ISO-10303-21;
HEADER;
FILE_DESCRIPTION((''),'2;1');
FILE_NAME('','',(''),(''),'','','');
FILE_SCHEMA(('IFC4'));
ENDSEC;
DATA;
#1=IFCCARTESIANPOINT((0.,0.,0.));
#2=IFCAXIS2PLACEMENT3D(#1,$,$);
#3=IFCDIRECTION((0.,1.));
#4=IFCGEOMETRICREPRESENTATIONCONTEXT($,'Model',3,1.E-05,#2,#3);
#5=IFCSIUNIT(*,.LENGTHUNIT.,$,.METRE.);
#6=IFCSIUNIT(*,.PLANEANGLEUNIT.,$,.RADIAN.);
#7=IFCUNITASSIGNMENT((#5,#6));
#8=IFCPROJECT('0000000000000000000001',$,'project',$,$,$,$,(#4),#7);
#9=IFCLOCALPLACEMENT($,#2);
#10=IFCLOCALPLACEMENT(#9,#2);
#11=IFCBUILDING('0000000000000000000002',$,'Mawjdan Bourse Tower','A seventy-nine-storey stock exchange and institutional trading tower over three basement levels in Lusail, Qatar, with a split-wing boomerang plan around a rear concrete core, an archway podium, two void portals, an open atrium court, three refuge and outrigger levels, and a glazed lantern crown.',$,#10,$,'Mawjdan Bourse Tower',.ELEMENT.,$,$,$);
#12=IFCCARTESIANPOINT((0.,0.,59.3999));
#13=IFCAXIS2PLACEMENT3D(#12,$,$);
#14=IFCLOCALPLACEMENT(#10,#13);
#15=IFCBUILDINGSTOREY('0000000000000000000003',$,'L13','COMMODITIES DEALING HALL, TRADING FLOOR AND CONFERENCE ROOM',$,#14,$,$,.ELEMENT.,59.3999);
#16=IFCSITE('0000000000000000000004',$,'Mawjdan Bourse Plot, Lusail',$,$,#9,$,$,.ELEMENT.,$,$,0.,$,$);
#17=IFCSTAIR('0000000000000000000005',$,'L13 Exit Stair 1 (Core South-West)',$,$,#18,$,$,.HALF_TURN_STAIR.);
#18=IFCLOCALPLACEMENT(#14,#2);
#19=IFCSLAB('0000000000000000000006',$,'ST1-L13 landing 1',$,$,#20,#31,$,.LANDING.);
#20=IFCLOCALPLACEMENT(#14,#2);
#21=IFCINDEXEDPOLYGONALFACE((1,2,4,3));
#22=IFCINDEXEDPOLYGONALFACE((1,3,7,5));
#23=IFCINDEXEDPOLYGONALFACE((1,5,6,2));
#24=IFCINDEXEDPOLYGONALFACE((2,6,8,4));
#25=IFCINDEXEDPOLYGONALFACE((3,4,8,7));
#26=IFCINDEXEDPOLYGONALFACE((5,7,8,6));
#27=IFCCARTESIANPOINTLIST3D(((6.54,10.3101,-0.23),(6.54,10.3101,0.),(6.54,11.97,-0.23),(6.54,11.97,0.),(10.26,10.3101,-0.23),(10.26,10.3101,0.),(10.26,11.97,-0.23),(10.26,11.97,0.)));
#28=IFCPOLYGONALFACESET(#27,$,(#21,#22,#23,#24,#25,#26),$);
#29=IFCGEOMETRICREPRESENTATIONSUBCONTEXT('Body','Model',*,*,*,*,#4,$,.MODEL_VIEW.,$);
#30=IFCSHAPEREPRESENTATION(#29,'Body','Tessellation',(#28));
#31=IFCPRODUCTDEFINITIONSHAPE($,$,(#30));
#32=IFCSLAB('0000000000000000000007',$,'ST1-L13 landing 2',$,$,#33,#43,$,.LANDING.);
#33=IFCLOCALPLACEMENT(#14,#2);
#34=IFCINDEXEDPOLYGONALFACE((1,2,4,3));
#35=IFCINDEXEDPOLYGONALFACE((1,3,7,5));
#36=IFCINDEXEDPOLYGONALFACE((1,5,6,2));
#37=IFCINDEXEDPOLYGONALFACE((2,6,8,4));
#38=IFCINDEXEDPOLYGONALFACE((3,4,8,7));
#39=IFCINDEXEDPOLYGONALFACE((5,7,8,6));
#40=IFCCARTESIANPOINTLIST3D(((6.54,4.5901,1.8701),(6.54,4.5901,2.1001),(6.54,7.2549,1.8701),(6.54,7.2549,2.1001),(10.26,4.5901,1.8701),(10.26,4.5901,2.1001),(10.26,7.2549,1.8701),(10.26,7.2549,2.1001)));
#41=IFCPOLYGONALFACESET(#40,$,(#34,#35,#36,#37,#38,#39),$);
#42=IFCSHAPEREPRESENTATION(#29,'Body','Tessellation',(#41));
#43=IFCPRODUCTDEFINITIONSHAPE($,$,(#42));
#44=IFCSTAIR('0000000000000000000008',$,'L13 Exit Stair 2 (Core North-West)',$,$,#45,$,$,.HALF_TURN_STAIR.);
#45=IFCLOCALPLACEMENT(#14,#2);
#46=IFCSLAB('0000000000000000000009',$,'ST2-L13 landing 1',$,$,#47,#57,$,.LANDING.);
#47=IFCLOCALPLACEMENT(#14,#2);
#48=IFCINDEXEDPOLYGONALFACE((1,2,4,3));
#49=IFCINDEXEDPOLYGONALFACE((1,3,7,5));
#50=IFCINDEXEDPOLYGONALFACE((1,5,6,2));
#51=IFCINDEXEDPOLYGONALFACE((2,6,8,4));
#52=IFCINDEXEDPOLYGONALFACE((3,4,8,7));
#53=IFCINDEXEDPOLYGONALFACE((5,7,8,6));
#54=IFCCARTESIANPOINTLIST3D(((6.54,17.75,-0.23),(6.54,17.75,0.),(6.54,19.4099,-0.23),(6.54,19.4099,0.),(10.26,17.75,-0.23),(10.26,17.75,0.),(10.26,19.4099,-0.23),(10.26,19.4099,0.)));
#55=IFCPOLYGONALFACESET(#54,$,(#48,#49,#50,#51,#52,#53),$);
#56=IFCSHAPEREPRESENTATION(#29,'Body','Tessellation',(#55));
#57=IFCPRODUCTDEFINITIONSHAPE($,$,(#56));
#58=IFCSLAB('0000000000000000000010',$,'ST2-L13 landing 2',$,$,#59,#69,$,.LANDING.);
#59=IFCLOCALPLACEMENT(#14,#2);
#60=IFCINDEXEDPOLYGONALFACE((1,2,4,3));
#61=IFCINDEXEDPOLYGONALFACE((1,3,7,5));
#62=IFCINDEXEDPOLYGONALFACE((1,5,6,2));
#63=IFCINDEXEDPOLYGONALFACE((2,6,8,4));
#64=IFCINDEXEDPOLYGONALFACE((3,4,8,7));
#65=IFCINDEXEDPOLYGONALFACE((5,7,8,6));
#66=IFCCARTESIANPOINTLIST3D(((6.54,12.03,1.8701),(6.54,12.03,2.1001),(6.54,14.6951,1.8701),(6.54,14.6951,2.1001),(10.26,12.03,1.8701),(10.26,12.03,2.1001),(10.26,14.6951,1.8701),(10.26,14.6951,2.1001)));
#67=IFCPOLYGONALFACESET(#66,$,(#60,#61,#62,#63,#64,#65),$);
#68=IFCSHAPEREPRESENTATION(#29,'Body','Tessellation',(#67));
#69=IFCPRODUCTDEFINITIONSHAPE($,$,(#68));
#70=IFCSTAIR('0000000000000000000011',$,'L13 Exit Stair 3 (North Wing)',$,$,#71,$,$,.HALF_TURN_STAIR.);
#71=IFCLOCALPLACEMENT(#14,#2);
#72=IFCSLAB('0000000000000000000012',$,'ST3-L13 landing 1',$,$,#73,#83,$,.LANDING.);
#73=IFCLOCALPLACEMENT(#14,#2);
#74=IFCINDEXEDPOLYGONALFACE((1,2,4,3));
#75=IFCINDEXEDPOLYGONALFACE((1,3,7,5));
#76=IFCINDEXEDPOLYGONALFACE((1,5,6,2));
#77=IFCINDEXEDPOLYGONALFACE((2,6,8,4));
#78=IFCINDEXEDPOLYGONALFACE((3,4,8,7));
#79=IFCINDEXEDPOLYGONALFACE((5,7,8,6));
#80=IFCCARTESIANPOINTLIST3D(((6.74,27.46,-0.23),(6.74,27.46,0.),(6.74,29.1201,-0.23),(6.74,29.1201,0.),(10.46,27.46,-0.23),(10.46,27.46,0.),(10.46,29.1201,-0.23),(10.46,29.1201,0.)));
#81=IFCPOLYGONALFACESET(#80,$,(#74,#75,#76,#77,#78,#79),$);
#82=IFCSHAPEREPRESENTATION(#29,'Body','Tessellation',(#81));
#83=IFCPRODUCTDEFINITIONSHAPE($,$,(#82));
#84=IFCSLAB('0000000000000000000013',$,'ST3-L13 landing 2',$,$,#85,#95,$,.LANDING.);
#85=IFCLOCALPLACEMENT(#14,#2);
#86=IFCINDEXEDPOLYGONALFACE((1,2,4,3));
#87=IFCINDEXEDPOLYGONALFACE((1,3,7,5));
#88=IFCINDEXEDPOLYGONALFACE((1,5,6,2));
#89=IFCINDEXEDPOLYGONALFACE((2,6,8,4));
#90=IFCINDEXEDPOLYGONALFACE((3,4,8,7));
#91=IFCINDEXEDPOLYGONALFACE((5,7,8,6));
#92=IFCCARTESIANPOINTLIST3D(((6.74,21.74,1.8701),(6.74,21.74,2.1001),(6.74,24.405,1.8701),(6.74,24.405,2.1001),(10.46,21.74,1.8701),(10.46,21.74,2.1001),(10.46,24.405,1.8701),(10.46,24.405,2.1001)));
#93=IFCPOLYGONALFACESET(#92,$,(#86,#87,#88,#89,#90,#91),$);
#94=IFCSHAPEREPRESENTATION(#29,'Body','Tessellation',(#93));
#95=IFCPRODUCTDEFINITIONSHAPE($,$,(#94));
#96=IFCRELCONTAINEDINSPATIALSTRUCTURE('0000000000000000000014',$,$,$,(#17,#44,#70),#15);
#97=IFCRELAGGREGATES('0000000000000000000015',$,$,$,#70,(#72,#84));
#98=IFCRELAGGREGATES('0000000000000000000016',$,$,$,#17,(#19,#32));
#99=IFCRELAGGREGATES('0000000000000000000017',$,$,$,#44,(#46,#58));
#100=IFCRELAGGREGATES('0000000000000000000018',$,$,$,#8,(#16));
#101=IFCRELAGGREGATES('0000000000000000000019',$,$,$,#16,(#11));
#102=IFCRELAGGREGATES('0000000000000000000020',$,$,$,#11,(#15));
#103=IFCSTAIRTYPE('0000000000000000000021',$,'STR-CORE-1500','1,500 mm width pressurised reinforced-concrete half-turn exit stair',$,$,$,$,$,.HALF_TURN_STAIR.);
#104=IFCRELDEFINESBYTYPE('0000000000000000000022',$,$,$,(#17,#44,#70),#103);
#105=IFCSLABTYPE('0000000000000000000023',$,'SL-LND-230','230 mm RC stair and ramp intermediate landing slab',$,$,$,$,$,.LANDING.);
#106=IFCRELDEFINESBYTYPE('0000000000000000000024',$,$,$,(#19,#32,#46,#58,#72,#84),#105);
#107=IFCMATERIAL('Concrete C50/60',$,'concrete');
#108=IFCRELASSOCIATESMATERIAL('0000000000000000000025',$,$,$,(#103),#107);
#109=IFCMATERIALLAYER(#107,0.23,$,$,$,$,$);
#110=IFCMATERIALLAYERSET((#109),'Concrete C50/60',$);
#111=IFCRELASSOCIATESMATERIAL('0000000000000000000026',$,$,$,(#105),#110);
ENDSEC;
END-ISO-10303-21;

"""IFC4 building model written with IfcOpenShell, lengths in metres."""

from ifc_helpers import new_model, si_unit, direction, frame, origin, place, context, subcontext, project, spatial, polyline, outline, extrude, material, layer, layer_set, type_object, element, aggregate, save


model = new_model("IFC4")

# Units and contexts
model_context = context("Model", 3, precision=1e-05, world=origin(), true_north=direction((0.0, 1.0)))
body_context = subcontext(model_context, "Body", "Model", "MODEL_VIEW")
ifc_project = project(units=[si_unit("LENGTHUNIT", "METRE"), si_unit("PLANEANGLEUNIT", "RADIAN")], contexts=[model_context])

# Site, building, storey
site_placement = place(None, origin())
site = spatial("IfcSite", under=ifc_project, at=site_placement, Name="Mawjdan Bourse Plot, Lusail", CompositionType="ELEMENT", RefElevation=0.0)
building_placement = place(site_placement, origin())
building = spatial("IfcBuilding", under=site, at=building_placement, Name="Mawjdan Bourse Tower", Description="A seventy-nine-storey stock exchange and institutional trading tower over three basement levels in Lusail, Qatar, with a split-wing boomerang plan around a rear concrete core, an archway podium, two void portals, an open atrium court, three refuge and outrigger levels, and a glazed lantern crown.", LongName="Mawjdan Bourse Tower", CompositionType="ELEMENT")
storey_placement = place(building_placement, frame((0.0, 0.0, 59.3999)))
storey = spatial("IfcBuildingStorey", under=building, at=storey_placement, Name="L13", Description="COMMODITIES DEALING HALL, TRADING FLOOR AND CONFERENCE ROOM", CompositionType="ELEMENT", Elevation=59.3999)

# Stairs, slabs
ifc_material_1 = material(Name="Concrete C50/60", Category="concrete")
stair_type = type_object("IfcStairType", Name="STR-CORE-1500", Description="1,500 mm width pressurised reinforced-concrete half-turn exit stair", PredefinedType="HALF_TURN_STAIR", material=ifc_material_1)
stair_1_placement = place(storey_placement, origin())
stair_1 = element("IfcStair", 1, at=stair_1_placement, inside=storey, type_object=stair_type, Name="L13 Exit Stair 1 (Core South-West)", PredefinedType="HALF_TURN_STAIR")
ifc_layer_1 = layer(ifc_material_1, 0.23)
ifc_layer_set_1 = layer_set([ifc_layer_1], Name="Concrete C50/60")
slab_type_1 = type_object("IfcSlabType", Name="SL-LND-230", Description="230 mm RC stair and ramp intermediate landing slab", PredefinedType="LANDING", material=ifc_layer_set_1)
slab_1_placement = place(storey_placement, frame((0.0, 0.0, -0.23)))
slab_1 = element("IfcSlab", 2, at=slab_1_placement, type_object=slab_type_1, Name="ST1-L13 landing 1", PredefinedType="LANDING", context=body_context, shape_type="SweptSolid", body=[
    extrude(outline(polyline([(6.54, 10.3101), (10.26, 10.3101), (10.26, 11.97), (6.54, 11.97), (6.54, 10.3101)])), origin(), (0.0, 0.0, 1.0), 0.23),
])
slab_2_placement = place(storey_placement, frame((0.0, 0.0, 1.8701)))
slab_2 = element("IfcSlab", 3, at=slab_2_placement, type_object=slab_type_1, Name="ST1-L13 landing 2", PredefinedType="LANDING", context=body_context, shape_type="SweptSolid", body=[
    extrude(outline(polyline([(6.54, 4.5901), (10.26, 4.5901), (10.26, 7.2549), (6.54, 7.2549), (6.54, 4.5901)])), origin(), (0.0, 0.0, 1.0), 0.23),
])
stair_2_placement = place(storey_placement, origin())
stair_2 = element("IfcStair", 4, at=stair_2_placement, inside=storey, type_object=stair_type, Name="L13 Exit Stair 2 (Core North-West)", PredefinedType="HALF_TURN_STAIR")
slab_3_placement = place(storey_placement, frame((0.0, 0.0, -0.23)))
slab_3 = element("IfcSlab", 5, at=slab_3_placement, type_object=slab_type_1, Name="ST2-L13 landing 1", PredefinedType="LANDING", context=body_context, shape_type="SweptSolid", body=[
    extrude(outline(polyline([(6.54, 17.75), (10.26, 17.75), (10.26, 19.4099), (6.54, 19.4099), (6.54, 17.75)])), origin(), (0.0, 0.0, 1.0), 0.23),
])
slab_4_placement = place(storey_placement, frame((0.0, 0.0, 1.8701)))
slab_4 = element("IfcSlab", 6, at=slab_4_placement, type_object=slab_type_1, Name="ST2-L13 landing 2", PredefinedType="LANDING", context=body_context, shape_type="SweptSolid", body=[
    extrude(outline(polyline([(6.54, 12.03), (10.26, 12.03), (10.26, 14.6951), (6.54, 14.6951), (6.54, 12.03)])), origin(), (0.0, 0.0, 1.0), 0.23),
])
stair_3_placement = place(storey_placement, origin())
stair_3 = element("IfcStair", 7, at=stair_3_placement, inside=storey, type_object=stair_type, Name="L13 Exit Stair 3 (North Wing)", PredefinedType="HALF_TURN_STAIR")
slab_5_placement = place(storey_placement, frame((0.0, 0.0, -0.23)))
slab_5 = element("IfcSlab", 8, at=slab_5_placement, type_object=slab_type_1, Name="ST3-L13 landing 1", PredefinedType="LANDING", context=body_context, shape_type="SweptSolid", body=[
    extrude(outline(polyline([(6.74, 27.46), (10.46, 27.46), (10.46, 29.1201), (6.74, 29.1201), (6.74, 27.46)])), origin(), (0.0, 0.0, 1.0), 0.23),
])
slab_6_placement = place(storey_placement, frame((0.0, 0.0, 1.8701)))
slab_6 = element("IfcSlab", 9, at=slab_6_placement, type_object=slab_type_1, Name="ST3-L13 landing 2", PredefinedType="LANDING", context=body_context, shape_type="SweptSolid", body=[
    extrude(outline(polyline([(6.74, 21.74), (10.46, 21.74), (10.46, 24.405), (6.74, 24.405), (6.74, 21.74)])), origin(), (0.0, 0.0, 1.0), 0.23),
])
aggregate(stair_3, [slab_5, slab_6])

aggregate(stair_1, [slab_1, slab_2])
aggregate(stair_2, [slab_3, slab_4])

save(model, "model.ifc")
